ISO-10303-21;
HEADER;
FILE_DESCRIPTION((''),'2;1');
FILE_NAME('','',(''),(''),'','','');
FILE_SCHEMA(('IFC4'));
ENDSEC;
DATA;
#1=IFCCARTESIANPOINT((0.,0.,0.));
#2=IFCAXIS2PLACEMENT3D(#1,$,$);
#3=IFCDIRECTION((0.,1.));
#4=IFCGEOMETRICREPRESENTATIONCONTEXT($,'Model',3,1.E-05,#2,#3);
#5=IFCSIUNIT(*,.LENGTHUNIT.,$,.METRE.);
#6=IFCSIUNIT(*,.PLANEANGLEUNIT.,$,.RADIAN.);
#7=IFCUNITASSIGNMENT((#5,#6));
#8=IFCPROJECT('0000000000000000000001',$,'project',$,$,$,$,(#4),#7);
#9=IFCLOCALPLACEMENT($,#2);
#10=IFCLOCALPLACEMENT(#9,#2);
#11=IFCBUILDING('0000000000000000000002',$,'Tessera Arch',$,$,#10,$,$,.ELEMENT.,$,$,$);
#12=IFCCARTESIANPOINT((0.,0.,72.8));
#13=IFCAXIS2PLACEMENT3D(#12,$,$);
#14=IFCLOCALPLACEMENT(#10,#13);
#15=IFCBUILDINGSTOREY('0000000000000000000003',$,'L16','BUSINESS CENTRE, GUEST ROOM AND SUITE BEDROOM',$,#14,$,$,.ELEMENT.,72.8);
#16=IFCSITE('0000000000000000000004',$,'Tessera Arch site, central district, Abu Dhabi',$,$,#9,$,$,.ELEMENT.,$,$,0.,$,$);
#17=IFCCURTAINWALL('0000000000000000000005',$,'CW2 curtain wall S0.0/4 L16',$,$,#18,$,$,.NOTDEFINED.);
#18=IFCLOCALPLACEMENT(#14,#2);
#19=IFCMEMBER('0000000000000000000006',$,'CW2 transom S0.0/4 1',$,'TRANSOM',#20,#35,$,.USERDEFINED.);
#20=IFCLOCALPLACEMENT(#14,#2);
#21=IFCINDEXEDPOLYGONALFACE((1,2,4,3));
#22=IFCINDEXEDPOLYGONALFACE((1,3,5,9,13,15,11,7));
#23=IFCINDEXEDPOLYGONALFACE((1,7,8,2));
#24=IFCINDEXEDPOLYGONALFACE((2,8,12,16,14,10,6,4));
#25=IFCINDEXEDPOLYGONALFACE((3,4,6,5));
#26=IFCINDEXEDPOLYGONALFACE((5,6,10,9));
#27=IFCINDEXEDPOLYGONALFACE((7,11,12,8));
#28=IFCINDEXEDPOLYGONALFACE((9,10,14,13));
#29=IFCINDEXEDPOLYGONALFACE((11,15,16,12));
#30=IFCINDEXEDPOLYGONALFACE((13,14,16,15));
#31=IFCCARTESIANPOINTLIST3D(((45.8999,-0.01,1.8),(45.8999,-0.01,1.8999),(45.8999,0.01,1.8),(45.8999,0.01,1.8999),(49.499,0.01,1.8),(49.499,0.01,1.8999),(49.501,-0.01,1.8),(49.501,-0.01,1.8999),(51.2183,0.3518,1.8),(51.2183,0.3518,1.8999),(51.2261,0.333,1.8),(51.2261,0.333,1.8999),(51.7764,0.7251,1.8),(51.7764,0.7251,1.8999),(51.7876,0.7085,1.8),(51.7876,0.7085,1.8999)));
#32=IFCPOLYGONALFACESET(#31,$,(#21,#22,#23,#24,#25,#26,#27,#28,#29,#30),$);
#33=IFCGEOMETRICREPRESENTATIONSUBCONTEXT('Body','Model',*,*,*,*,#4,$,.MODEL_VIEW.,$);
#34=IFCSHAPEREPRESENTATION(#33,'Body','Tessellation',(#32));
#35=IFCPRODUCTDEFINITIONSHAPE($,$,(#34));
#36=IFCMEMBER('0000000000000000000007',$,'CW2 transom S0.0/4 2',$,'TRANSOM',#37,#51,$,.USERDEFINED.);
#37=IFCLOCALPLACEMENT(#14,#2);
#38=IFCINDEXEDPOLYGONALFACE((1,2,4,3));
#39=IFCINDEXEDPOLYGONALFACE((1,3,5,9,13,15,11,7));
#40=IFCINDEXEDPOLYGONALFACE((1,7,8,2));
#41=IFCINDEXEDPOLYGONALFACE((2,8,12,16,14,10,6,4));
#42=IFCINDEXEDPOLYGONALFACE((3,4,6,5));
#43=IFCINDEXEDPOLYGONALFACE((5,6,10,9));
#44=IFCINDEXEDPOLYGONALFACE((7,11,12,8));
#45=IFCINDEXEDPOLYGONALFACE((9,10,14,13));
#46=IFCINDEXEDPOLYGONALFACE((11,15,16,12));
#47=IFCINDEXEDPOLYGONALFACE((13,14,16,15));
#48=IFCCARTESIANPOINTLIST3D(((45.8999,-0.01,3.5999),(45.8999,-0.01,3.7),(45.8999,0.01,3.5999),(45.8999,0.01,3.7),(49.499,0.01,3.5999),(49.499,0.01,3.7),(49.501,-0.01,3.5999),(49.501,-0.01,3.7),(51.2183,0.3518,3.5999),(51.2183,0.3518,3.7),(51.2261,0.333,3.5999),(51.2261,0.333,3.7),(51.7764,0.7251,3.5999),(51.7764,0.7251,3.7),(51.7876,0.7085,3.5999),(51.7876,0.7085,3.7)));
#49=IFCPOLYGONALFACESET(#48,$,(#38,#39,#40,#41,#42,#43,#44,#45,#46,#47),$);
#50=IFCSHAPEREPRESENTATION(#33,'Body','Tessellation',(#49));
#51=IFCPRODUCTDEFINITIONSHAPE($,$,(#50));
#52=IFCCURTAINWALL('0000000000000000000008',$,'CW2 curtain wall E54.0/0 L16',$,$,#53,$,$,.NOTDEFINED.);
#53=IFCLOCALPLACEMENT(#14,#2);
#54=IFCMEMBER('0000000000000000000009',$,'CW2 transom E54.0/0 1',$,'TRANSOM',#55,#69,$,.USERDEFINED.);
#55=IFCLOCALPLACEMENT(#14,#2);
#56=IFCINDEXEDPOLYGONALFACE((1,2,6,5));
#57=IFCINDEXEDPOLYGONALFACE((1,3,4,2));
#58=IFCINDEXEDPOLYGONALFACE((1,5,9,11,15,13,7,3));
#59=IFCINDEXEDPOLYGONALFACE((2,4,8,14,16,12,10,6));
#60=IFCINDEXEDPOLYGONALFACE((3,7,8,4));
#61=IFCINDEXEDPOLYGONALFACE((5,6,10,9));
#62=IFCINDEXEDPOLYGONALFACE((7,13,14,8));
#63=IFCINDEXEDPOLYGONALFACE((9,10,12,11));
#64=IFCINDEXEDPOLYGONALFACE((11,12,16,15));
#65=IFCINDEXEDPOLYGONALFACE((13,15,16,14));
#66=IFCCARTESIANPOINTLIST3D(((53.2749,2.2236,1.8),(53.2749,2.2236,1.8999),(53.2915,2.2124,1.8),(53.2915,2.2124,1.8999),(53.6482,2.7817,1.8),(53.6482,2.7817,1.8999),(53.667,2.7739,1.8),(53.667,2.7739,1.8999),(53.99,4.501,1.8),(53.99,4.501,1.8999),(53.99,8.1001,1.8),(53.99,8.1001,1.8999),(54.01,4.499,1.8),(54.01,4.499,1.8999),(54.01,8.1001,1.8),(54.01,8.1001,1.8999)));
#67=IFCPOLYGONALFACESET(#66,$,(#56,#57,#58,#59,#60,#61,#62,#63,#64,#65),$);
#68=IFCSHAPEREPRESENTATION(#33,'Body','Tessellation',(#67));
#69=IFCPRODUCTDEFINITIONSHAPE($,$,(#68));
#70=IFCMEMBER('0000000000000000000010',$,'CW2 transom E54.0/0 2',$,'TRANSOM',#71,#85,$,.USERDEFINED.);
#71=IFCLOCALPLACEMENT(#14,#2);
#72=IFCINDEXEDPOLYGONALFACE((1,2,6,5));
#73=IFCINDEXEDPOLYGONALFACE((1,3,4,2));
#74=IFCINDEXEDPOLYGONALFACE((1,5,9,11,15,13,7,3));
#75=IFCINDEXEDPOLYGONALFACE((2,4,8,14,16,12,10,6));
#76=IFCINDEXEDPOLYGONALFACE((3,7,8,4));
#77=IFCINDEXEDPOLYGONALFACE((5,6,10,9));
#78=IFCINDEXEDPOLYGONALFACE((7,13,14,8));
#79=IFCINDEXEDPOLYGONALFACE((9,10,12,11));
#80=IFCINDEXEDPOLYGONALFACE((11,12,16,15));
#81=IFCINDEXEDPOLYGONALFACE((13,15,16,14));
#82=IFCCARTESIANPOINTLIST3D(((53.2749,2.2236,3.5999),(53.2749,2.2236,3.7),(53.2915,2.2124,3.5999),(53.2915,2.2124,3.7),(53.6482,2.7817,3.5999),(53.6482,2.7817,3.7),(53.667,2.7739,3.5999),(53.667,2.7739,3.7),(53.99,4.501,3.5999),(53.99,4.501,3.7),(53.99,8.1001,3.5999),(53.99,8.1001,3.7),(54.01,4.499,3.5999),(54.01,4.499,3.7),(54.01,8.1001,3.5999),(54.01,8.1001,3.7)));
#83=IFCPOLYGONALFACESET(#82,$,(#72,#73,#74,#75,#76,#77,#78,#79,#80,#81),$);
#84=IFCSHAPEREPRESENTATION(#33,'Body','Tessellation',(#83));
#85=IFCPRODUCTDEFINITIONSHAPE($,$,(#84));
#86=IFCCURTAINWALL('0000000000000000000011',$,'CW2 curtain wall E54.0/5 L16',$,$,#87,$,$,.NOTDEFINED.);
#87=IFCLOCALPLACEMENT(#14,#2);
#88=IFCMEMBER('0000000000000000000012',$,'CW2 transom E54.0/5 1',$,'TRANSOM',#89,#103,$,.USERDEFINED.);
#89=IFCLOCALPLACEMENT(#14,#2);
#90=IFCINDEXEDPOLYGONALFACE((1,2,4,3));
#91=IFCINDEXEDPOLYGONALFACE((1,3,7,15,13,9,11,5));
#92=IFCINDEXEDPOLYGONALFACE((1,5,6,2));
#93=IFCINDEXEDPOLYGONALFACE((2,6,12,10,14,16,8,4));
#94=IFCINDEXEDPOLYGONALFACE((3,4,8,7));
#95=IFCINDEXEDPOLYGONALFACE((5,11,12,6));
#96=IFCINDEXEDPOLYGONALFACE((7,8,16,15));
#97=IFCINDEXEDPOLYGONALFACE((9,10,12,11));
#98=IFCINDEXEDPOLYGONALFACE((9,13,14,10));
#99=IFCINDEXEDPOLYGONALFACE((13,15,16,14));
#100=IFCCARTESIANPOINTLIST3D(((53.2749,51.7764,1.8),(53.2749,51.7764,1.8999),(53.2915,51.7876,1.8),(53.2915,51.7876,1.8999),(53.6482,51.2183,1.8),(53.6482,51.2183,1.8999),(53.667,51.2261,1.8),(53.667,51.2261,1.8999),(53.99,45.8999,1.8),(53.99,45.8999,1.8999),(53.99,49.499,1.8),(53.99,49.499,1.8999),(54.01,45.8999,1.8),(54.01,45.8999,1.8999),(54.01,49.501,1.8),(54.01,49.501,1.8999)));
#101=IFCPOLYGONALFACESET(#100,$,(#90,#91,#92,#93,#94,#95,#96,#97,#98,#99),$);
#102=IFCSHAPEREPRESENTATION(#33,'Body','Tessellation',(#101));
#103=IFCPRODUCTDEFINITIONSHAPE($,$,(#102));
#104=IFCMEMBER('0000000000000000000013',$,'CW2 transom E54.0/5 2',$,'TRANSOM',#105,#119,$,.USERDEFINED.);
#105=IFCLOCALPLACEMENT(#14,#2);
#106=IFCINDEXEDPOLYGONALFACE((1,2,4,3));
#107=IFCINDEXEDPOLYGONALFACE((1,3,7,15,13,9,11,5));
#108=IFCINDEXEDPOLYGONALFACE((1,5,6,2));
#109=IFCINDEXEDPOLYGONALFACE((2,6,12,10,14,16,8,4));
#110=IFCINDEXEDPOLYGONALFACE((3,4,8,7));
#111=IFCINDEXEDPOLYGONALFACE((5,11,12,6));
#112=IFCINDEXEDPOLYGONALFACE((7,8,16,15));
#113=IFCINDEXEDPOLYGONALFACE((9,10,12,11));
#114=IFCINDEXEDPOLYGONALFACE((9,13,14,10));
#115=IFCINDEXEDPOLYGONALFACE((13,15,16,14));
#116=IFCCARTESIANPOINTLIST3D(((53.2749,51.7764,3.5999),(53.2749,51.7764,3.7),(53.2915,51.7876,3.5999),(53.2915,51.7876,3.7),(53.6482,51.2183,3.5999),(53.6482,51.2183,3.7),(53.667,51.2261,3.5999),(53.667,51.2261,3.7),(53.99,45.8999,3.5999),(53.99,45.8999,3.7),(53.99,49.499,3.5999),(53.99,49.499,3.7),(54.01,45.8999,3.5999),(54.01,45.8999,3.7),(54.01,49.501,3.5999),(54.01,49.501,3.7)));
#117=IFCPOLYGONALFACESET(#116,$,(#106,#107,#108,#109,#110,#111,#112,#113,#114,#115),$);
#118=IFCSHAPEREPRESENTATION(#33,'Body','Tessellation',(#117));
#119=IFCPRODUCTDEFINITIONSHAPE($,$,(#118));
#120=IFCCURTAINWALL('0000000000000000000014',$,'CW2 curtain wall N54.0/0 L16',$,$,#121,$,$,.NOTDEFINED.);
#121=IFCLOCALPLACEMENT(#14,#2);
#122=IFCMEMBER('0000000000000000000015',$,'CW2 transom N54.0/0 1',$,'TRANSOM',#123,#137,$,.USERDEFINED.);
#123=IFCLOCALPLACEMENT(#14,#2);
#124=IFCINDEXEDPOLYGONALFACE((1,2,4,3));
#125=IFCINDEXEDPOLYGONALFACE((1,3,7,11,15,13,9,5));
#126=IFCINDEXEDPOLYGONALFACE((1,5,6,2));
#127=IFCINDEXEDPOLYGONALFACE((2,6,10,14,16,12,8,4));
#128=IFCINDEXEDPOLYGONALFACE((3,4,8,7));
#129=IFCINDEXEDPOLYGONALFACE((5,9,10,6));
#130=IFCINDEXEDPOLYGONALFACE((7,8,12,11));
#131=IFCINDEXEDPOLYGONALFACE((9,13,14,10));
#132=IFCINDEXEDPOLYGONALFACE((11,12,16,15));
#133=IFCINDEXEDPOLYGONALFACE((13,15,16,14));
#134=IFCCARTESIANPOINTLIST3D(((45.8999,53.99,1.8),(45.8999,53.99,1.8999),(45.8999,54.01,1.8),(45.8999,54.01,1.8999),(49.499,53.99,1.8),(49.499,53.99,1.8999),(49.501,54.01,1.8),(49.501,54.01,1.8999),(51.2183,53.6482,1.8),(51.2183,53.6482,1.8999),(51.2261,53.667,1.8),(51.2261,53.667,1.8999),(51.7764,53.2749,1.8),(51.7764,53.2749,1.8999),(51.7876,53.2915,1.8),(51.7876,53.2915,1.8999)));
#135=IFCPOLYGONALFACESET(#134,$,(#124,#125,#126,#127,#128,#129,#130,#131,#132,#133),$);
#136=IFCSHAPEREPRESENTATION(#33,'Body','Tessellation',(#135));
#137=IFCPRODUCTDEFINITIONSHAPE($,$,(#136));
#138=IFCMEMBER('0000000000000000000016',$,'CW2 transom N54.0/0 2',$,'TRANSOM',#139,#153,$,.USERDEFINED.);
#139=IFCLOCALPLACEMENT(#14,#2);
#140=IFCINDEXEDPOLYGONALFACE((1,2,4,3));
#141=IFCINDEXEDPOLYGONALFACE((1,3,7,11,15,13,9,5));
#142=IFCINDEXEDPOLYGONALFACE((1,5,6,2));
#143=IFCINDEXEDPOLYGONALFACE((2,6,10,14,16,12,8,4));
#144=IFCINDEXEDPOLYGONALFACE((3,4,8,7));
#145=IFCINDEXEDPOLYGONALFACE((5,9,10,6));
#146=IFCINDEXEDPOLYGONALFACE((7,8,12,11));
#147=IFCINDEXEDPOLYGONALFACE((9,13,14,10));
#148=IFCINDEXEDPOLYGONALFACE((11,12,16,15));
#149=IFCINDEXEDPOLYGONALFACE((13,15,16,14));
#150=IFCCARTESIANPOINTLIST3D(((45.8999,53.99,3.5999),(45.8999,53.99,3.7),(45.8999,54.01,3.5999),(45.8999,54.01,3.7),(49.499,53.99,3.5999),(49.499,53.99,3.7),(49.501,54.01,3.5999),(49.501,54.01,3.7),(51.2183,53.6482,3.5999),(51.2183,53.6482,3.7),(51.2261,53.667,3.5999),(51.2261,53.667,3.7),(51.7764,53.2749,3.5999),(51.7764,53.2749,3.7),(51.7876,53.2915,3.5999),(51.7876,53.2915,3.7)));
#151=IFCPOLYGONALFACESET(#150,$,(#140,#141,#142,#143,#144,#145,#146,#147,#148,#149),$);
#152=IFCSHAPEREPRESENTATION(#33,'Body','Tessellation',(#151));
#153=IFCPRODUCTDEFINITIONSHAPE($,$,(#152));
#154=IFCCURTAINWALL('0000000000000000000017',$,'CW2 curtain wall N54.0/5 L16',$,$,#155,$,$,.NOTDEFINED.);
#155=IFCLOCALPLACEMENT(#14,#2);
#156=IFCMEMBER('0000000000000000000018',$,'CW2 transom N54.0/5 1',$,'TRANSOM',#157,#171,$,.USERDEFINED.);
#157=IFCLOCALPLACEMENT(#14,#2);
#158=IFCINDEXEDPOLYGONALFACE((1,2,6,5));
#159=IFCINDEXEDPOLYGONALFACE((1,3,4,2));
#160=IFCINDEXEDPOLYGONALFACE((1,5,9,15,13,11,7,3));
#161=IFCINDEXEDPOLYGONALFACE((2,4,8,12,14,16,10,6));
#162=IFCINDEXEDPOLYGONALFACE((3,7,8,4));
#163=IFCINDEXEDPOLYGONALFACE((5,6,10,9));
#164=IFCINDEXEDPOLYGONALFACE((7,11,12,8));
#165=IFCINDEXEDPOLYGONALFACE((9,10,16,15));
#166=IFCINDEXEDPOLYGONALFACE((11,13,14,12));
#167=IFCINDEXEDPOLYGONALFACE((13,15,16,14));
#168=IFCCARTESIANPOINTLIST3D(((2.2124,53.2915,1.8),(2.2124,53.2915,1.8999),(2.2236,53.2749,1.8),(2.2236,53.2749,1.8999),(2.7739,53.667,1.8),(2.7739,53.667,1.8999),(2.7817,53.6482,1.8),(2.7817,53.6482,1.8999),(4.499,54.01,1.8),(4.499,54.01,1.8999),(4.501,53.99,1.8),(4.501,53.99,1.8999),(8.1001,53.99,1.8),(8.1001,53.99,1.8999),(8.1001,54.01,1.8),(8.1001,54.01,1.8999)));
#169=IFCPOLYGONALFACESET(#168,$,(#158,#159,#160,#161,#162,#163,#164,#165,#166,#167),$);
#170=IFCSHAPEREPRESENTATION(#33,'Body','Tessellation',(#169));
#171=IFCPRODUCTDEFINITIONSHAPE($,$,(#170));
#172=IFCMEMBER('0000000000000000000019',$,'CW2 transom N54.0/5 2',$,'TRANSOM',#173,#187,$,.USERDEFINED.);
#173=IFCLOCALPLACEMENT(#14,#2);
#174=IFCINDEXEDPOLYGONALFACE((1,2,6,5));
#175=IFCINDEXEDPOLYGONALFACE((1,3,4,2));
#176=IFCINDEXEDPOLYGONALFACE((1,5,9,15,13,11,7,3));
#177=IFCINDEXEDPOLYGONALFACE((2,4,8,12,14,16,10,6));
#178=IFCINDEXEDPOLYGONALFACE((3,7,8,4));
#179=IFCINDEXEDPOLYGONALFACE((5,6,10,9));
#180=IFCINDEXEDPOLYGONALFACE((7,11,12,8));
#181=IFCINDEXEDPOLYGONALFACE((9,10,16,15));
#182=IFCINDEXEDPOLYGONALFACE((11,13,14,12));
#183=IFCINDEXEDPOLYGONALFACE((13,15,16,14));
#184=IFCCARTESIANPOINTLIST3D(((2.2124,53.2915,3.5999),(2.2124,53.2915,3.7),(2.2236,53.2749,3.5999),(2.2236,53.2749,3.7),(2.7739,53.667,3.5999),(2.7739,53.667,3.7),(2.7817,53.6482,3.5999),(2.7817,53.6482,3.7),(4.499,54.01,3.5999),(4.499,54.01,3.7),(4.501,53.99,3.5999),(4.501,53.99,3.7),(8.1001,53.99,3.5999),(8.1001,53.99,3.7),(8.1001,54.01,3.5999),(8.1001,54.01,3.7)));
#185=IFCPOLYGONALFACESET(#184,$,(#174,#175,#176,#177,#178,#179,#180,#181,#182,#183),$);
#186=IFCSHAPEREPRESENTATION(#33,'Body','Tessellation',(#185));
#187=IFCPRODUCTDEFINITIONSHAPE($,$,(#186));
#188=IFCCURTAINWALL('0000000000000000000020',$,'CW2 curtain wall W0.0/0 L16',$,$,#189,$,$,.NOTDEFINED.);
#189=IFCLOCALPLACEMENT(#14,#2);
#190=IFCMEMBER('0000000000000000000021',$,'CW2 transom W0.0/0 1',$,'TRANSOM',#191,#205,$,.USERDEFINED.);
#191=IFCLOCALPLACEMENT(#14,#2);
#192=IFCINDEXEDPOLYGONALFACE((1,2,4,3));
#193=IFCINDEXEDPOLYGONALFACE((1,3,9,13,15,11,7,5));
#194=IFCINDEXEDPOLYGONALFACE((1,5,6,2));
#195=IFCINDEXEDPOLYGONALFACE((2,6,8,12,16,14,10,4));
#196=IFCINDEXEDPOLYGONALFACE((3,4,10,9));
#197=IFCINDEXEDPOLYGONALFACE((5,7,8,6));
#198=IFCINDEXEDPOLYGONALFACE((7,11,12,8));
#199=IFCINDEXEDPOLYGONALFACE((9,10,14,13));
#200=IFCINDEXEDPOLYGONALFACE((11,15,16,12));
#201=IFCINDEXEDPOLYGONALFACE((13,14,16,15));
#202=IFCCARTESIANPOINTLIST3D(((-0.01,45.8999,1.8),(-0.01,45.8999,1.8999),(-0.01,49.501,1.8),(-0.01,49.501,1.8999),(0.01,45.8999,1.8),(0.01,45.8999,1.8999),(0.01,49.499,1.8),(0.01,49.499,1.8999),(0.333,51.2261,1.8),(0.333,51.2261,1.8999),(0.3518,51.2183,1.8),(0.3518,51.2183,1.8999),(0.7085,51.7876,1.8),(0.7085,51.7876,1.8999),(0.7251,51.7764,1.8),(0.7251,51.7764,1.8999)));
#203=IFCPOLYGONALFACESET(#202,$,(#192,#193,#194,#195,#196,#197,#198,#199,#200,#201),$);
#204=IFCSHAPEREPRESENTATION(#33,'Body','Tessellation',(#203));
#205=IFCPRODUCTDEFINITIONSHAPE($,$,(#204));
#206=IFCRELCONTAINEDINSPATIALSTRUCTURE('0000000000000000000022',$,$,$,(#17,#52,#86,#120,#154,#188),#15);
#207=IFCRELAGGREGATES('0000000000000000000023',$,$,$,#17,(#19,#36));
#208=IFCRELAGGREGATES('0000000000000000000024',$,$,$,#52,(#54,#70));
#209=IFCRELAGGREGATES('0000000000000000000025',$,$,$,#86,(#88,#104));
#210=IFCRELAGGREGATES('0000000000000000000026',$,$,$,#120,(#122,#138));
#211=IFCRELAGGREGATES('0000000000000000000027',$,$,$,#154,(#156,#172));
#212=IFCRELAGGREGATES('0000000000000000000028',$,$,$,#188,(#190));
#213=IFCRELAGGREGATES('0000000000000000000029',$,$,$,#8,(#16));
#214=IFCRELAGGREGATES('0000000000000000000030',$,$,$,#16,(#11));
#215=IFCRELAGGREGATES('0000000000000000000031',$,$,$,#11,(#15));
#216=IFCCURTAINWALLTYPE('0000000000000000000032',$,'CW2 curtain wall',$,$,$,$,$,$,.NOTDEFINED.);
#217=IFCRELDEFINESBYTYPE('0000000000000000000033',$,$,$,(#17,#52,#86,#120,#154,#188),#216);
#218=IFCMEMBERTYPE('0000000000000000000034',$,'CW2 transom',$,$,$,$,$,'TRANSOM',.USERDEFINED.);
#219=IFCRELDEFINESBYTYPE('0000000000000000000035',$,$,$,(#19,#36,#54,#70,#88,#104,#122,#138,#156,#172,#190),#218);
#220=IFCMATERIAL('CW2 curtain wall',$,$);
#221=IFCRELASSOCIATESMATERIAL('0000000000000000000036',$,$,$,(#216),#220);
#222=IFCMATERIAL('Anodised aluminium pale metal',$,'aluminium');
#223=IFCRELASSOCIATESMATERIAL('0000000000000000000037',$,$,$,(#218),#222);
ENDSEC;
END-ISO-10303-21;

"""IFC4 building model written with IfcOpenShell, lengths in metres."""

from ifc_helpers import new_model, si_unit, direction, frame, origin, origin_2d, place, context, subcontext, project, spatial, polyline, rectangle, outline, extrude, material, material_profile, profile_set, type_object, element, aggregate, save


model = new_model("IFC4")

# Units and contexts
model_context = context("Model", 3, precision=1e-05, world=origin(), true_north=direction((0.0, 1.0)))
body_context = subcontext(model_context, "Body", "Model", "MODEL_VIEW")
ifc_project = project(units=[si_unit("LENGTHUNIT", "METRE"), si_unit("PLANEANGLEUNIT", "RADIAN")], contexts=[model_context])

# Site, building, storey
site_placement = place(None, origin())
site = spatial("IfcSite", under=ifc_project, at=site_placement, Name="Tessera Arch site, central district, Abu Dhabi", CompositionType="ELEMENT", RefElevation=0.0)
building_placement = place(site_placement, origin())
building = spatial("IfcBuilding", under=site, at=building_placement, Name="Tessera Arch", CompositionType="ELEMENT")
storey_placement = place(building_placement, frame((0.0, 0.0, 72.8)))
storey = spatial("IfcBuildingStorey", under=building, at=storey_placement, Name="L16", Description="BUSINESS CENTRE, GUEST ROOM AND SUITE BEDROOM", CompositionType="ELEMENT", Elevation=72.8)

# Curtain walls, members
ifc_material_1 = material(Name="CW2 curtain wall")
curtain_wall_type = type_object("IfcCurtainWallType", Name="CW2 curtain wall", PredefinedType="NOTDEFINED", material=ifc_material_1)
curtain_wall_1_placement = place(storey_placement, origin())
curtain_wall_1 = element("IfcCurtainWall", 1, at=curtain_wall_1_placement, inside=storey, type_object=curtain_wall_type, Name="CW2 curtain wall S0.0/4 L16", PredefinedType="NOTDEFINED")
ifc_material_2 = material(Name="Anodised aluminium pale metal", Category="aluminium")
ifc_material_profile = material_profile(ifc_material_2, rectangle(XDim=0.2, YDim=0.1001, at=origin_2d()), Name="AL 200x100")
ifc_profile_set = profile_set([ifc_material_profile], Name="Anodised aluminium pale metal")
member_type = type_object("IfcMemberType", Name="CW2 transom", ElementType="TRANSOM", PredefinedType="USERDEFINED", material=ifc_profile_set)
member_1_placement = place(storey_placement, frame((0.0, 0.0, 1.8)))
member_1 = element("IfcMember", 2, at=member_1_placement, type_object=member_type, Name="CW2 transom S0.0/4 1", ObjectType="TRANSOM", PredefinedType="USERDEFINED", context=body_context, shape_type="SweptSolid", body=[
    extrude(outline(polyline([(49.499, 0.01), (45.8999, 0.01), (45.8999, -0.01), (49.501, -0.01), (51.2261, 0.333), (51.7876, 0.7085), (51.7764, 0.7251), (51.2183, 0.3518), (49.499, 0.01)])), origin(), (0.0, 0.0, 1.0), 0.0999),
])
member_2_placement = place(storey_placement, frame((0.0, 0.0, 3.5999)))
member_2 = element("IfcMember", 3, at=member_2_placement, type_object=member_type, Name="CW2 transom S0.0/4 2", ObjectType="TRANSOM", PredefinedType="USERDEFINED", context=body_context, shape_type="SweptSolid", body=[
    extrude(outline(polyline([(49.499, 0.01), (45.8999, 0.01), (45.8999, -0.01), (49.501, -0.01), (51.2261, 0.333), (51.7876, 0.7085), (51.7764, 0.7251), (51.2183, 0.3518), (49.499, 0.01)])), origin(), (0.0, 0.0, 1.0), 0.1001),
])
curtain_wall_2_placement = place(storey_placement, origin())
curtain_wall_2 = element("IfcCurtainWall", 4, at=curtain_wall_2_placement, inside=storey, type_object=curtain_wall_type, Name="CW2 curtain wall E54.0/0 L16", PredefinedType="NOTDEFINED")
member_3_placement = place(storey_placement, frame((0.0, 0.0, 1.8)))
member_3 = element("IfcMember", 5, at=member_3_placement, type_object=member_type, Name="CW2 transom E54.0/0 1", ObjectType="TRANSOM", PredefinedType="USERDEFINED", context=body_context, shape_type="SweptSolid", body=[
    extrude(outline(polyline([(53.6482, 2.7817), (53.2749, 2.2236), (53.2915, 2.2124), (53.667, 2.7739), (54.01, 4.499), (54.01, 8.1001), (53.99, 8.1001), (53.99, 4.501), (53.6482, 2.7817)])), origin(), (0.0, 0.0, 1.0), 0.0999),
])
member_4_placement = place(storey_placement, frame((0.0, 0.0, 3.5999)))
member_4 = element("IfcMember", 6, at=member_4_placement, type_object=member_type, Name="CW2 transom E54.0/0 2", ObjectType="TRANSOM", PredefinedType="USERDEFINED", context=body_context, shape_type="SweptSolid", body=[
    extrude(outline(polyline([(53.6482, 2.7817), (53.2749, 2.2236), (53.2915, 2.2124), (53.667, 2.7739), (54.01, 4.499), (54.01, 8.1001), (53.99, 8.1001), (53.99, 4.501), (53.6482, 2.7817)])), origin(), (0.0, 0.0, 1.0), 0.1001),
])
curtain_wall_3_placement = place(storey_placement, origin())
curtain_wall_3 = element("IfcCurtainWall", 7, at=curtain_wall_3_placement, inside=storey, type_object=curtain_wall_type, Name="CW2 curtain wall E54.0/5 L16", PredefinedType="NOTDEFINED")
member_5_placement = place(storey_placement, frame((0.0, 0.0, 1.8)))
member_5 = element("IfcMember", 8, at=member_5_placement, type_object=member_type, Name="CW2 transom E54.0/5 1", ObjectType="TRANSOM", PredefinedType="USERDEFINED", context=body_context, shape_type="SweptSolid", body=[
    extrude(outline(polyline([(53.99, 49.499), (53.99, 45.8999), (54.01, 45.8999), (54.01, 49.501), (53.667, 51.2261), (53.2915, 51.7876), (53.2749, 51.7764), (53.6482, 51.2183), (53.99, 49.499)])), origin(), (0.0, 0.0, 1.0), 0.0999),
])
member_6_placement = place(storey_placement, frame((0.0, 0.0, 3.5999)))
member_6 = element("IfcMember", 9, at=member_6_placement, type_object=member_type, Name="CW2 transom E54.0/5 2", ObjectType="TRANSOM", PredefinedType="USERDEFINED", context=body_context, shape_type="SweptSolid", body=[
    extrude(outline(polyline([(53.99, 49.499), (53.99, 45.8999), (54.01, 45.8999), (54.01, 49.501), (53.667, 51.2261), (53.2915, 51.7876), (53.2749, 51.7764), (53.6482, 51.2183), (53.99, 49.499)])), origin(), (0.0, 0.0, 1.0), 0.1001),
])
curtain_wall_4_placement = place(storey_placement, origin())
curtain_wall_4 = element("IfcCurtainWall", 10, at=curtain_wall_4_placement, inside=storey, type_object=curtain_wall_type, Name="CW2 curtain wall N54.0/0 L16", PredefinedType="NOTDEFINED")
member_7_placement = place(storey_placement, frame((0.0, 0.0, 1.8)))
member_7 = element("IfcMember", 11, at=member_7_placement, type_object=member_type, Name="CW2 transom N54.0/0 1", ObjectType="TRANSOM", PredefinedType="USERDEFINED", context=body_context, shape_type="SweptSolid", body=[
    extrude(outline(polyline([(51.2183, 53.6482), (51.7764, 53.2749), (51.7876, 53.2915), (51.2261, 53.667), (49.501, 54.01), (45.8999, 54.01), (45.8999, 53.99), (49.499, 53.99), (51.2183, 53.6482)])), origin(), (0.0, 0.0, 1.0), 0.0999),
])
member_8_placement = place(storey_placement, frame((0.0, 0.0, 3.5999)))
member_8 = element("IfcMember", 12, at=member_8_placement, type_object=member_type, Name="CW2 transom N54.0/0 2", ObjectType="TRANSOM", PredefinedType="USERDEFINED", context=body_context, shape_type="SweptSolid", body=[
    extrude(outline(polyline([(51.2183, 53.6482), (51.7764, 53.2749), (51.7876, 53.2915), (51.2261, 53.667), (49.501, 54.01), (45.8999, 54.01), (45.8999, 53.99), (49.499, 53.99), (51.2183, 53.6482)])), origin(), (0.0, 0.0, 1.0), 0.1001),
])
curtain_wall_5_placement = place(storey_placement, origin())
curtain_wall_5 = element("IfcCurtainWall", 13, at=curtain_wall_5_placement, inside=storey, type_object=curtain_wall_type, Name="CW2 curtain wall N54.0/5 L16", PredefinedType="NOTDEFINED")
member_9_placement = place(storey_placement, frame((0.0, 0.0, 1.8)))
member_9 = element("IfcMember", 14, at=member_9_placement, type_object=member_type, Name="CW2 transom N54.0/5 1", ObjectType="TRANSOM", PredefinedType="USERDEFINED", context=body_context, shape_type="SweptSolid", body=[
    extrude(outline(polyline([(4.501, 53.99), (8.1001, 53.99), (8.1001, 54.01), (4.499, 54.01), (2.7739, 53.667), (2.2124, 53.2915), (2.2236, 53.2749), (2.7817, 53.6482), (4.501, 53.99)])), origin(), (0.0, 0.0, 1.0), 0.0999),
])
member_10_placement = place(storey_placement, frame((0.0, 0.0, 3.5999)))
member_10 = element("IfcMember", 15, at=member_10_placement, type_object=member_type, Name="CW2 transom N54.0/5 2", ObjectType="TRANSOM", PredefinedType="USERDEFINED", context=body_context, shape_type="SweptSolid", body=[
    extrude(outline(polyline([(4.501, 53.99), (8.1001, 53.99), (8.1001, 54.01), (4.499, 54.01), (2.7739, 53.667), (2.2124, 53.2915), (2.2236, 53.2749), (2.7817, 53.6482), (4.501, 53.99)])), origin(), (0.0, 0.0, 1.0), 0.1001),
])
curtain_wall_6_placement = place(storey_placement, origin())
curtain_wall_6 = element("IfcCurtainWall", 16, at=curtain_wall_6_placement, inside=storey, type_object=curtain_wall_type, Name="CW2 curtain wall W0.0/0 L16", PredefinedType="NOTDEFINED")
member_11_placement = place(storey_placement, frame((0.0, 0.0, 1.8)))
member_11 = element("IfcMember", 17, at=member_11_placement, type_object=member_type, Name="CW2 transom W0.0/0 1", ObjectType="TRANSOM", PredefinedType="USERDEFINED", context=body_context, shape_type="SweptSolid", body=[
    extrude(outline(polyline([(0.3518, 51.2183), (0.7251, 51.7764), (0.7085, 51.7876), (0.333, 51.2261), (-0.01, 49.501), (-0.01, 45.8999), (0.01, 45.8999), (0.01, 49.499), (0.3518, 51.2183)])), origin(), (0.0, 0.0, 1.0), 0.0999),
])

aggregate(curtain_wall_1, [member_1, member_2])
aggregate(curtain_wall_2, [member_3, member_4])
aggregate(curtain_wall_3, [member_5, member_6])
aggregate(curtain_wall_4, [member_7, member_8])
aggregate(curtain_wall_5, [member_9, member_10])
aggregate(curtain_wall_6, [member_11])

save(model, "model.ifc")
